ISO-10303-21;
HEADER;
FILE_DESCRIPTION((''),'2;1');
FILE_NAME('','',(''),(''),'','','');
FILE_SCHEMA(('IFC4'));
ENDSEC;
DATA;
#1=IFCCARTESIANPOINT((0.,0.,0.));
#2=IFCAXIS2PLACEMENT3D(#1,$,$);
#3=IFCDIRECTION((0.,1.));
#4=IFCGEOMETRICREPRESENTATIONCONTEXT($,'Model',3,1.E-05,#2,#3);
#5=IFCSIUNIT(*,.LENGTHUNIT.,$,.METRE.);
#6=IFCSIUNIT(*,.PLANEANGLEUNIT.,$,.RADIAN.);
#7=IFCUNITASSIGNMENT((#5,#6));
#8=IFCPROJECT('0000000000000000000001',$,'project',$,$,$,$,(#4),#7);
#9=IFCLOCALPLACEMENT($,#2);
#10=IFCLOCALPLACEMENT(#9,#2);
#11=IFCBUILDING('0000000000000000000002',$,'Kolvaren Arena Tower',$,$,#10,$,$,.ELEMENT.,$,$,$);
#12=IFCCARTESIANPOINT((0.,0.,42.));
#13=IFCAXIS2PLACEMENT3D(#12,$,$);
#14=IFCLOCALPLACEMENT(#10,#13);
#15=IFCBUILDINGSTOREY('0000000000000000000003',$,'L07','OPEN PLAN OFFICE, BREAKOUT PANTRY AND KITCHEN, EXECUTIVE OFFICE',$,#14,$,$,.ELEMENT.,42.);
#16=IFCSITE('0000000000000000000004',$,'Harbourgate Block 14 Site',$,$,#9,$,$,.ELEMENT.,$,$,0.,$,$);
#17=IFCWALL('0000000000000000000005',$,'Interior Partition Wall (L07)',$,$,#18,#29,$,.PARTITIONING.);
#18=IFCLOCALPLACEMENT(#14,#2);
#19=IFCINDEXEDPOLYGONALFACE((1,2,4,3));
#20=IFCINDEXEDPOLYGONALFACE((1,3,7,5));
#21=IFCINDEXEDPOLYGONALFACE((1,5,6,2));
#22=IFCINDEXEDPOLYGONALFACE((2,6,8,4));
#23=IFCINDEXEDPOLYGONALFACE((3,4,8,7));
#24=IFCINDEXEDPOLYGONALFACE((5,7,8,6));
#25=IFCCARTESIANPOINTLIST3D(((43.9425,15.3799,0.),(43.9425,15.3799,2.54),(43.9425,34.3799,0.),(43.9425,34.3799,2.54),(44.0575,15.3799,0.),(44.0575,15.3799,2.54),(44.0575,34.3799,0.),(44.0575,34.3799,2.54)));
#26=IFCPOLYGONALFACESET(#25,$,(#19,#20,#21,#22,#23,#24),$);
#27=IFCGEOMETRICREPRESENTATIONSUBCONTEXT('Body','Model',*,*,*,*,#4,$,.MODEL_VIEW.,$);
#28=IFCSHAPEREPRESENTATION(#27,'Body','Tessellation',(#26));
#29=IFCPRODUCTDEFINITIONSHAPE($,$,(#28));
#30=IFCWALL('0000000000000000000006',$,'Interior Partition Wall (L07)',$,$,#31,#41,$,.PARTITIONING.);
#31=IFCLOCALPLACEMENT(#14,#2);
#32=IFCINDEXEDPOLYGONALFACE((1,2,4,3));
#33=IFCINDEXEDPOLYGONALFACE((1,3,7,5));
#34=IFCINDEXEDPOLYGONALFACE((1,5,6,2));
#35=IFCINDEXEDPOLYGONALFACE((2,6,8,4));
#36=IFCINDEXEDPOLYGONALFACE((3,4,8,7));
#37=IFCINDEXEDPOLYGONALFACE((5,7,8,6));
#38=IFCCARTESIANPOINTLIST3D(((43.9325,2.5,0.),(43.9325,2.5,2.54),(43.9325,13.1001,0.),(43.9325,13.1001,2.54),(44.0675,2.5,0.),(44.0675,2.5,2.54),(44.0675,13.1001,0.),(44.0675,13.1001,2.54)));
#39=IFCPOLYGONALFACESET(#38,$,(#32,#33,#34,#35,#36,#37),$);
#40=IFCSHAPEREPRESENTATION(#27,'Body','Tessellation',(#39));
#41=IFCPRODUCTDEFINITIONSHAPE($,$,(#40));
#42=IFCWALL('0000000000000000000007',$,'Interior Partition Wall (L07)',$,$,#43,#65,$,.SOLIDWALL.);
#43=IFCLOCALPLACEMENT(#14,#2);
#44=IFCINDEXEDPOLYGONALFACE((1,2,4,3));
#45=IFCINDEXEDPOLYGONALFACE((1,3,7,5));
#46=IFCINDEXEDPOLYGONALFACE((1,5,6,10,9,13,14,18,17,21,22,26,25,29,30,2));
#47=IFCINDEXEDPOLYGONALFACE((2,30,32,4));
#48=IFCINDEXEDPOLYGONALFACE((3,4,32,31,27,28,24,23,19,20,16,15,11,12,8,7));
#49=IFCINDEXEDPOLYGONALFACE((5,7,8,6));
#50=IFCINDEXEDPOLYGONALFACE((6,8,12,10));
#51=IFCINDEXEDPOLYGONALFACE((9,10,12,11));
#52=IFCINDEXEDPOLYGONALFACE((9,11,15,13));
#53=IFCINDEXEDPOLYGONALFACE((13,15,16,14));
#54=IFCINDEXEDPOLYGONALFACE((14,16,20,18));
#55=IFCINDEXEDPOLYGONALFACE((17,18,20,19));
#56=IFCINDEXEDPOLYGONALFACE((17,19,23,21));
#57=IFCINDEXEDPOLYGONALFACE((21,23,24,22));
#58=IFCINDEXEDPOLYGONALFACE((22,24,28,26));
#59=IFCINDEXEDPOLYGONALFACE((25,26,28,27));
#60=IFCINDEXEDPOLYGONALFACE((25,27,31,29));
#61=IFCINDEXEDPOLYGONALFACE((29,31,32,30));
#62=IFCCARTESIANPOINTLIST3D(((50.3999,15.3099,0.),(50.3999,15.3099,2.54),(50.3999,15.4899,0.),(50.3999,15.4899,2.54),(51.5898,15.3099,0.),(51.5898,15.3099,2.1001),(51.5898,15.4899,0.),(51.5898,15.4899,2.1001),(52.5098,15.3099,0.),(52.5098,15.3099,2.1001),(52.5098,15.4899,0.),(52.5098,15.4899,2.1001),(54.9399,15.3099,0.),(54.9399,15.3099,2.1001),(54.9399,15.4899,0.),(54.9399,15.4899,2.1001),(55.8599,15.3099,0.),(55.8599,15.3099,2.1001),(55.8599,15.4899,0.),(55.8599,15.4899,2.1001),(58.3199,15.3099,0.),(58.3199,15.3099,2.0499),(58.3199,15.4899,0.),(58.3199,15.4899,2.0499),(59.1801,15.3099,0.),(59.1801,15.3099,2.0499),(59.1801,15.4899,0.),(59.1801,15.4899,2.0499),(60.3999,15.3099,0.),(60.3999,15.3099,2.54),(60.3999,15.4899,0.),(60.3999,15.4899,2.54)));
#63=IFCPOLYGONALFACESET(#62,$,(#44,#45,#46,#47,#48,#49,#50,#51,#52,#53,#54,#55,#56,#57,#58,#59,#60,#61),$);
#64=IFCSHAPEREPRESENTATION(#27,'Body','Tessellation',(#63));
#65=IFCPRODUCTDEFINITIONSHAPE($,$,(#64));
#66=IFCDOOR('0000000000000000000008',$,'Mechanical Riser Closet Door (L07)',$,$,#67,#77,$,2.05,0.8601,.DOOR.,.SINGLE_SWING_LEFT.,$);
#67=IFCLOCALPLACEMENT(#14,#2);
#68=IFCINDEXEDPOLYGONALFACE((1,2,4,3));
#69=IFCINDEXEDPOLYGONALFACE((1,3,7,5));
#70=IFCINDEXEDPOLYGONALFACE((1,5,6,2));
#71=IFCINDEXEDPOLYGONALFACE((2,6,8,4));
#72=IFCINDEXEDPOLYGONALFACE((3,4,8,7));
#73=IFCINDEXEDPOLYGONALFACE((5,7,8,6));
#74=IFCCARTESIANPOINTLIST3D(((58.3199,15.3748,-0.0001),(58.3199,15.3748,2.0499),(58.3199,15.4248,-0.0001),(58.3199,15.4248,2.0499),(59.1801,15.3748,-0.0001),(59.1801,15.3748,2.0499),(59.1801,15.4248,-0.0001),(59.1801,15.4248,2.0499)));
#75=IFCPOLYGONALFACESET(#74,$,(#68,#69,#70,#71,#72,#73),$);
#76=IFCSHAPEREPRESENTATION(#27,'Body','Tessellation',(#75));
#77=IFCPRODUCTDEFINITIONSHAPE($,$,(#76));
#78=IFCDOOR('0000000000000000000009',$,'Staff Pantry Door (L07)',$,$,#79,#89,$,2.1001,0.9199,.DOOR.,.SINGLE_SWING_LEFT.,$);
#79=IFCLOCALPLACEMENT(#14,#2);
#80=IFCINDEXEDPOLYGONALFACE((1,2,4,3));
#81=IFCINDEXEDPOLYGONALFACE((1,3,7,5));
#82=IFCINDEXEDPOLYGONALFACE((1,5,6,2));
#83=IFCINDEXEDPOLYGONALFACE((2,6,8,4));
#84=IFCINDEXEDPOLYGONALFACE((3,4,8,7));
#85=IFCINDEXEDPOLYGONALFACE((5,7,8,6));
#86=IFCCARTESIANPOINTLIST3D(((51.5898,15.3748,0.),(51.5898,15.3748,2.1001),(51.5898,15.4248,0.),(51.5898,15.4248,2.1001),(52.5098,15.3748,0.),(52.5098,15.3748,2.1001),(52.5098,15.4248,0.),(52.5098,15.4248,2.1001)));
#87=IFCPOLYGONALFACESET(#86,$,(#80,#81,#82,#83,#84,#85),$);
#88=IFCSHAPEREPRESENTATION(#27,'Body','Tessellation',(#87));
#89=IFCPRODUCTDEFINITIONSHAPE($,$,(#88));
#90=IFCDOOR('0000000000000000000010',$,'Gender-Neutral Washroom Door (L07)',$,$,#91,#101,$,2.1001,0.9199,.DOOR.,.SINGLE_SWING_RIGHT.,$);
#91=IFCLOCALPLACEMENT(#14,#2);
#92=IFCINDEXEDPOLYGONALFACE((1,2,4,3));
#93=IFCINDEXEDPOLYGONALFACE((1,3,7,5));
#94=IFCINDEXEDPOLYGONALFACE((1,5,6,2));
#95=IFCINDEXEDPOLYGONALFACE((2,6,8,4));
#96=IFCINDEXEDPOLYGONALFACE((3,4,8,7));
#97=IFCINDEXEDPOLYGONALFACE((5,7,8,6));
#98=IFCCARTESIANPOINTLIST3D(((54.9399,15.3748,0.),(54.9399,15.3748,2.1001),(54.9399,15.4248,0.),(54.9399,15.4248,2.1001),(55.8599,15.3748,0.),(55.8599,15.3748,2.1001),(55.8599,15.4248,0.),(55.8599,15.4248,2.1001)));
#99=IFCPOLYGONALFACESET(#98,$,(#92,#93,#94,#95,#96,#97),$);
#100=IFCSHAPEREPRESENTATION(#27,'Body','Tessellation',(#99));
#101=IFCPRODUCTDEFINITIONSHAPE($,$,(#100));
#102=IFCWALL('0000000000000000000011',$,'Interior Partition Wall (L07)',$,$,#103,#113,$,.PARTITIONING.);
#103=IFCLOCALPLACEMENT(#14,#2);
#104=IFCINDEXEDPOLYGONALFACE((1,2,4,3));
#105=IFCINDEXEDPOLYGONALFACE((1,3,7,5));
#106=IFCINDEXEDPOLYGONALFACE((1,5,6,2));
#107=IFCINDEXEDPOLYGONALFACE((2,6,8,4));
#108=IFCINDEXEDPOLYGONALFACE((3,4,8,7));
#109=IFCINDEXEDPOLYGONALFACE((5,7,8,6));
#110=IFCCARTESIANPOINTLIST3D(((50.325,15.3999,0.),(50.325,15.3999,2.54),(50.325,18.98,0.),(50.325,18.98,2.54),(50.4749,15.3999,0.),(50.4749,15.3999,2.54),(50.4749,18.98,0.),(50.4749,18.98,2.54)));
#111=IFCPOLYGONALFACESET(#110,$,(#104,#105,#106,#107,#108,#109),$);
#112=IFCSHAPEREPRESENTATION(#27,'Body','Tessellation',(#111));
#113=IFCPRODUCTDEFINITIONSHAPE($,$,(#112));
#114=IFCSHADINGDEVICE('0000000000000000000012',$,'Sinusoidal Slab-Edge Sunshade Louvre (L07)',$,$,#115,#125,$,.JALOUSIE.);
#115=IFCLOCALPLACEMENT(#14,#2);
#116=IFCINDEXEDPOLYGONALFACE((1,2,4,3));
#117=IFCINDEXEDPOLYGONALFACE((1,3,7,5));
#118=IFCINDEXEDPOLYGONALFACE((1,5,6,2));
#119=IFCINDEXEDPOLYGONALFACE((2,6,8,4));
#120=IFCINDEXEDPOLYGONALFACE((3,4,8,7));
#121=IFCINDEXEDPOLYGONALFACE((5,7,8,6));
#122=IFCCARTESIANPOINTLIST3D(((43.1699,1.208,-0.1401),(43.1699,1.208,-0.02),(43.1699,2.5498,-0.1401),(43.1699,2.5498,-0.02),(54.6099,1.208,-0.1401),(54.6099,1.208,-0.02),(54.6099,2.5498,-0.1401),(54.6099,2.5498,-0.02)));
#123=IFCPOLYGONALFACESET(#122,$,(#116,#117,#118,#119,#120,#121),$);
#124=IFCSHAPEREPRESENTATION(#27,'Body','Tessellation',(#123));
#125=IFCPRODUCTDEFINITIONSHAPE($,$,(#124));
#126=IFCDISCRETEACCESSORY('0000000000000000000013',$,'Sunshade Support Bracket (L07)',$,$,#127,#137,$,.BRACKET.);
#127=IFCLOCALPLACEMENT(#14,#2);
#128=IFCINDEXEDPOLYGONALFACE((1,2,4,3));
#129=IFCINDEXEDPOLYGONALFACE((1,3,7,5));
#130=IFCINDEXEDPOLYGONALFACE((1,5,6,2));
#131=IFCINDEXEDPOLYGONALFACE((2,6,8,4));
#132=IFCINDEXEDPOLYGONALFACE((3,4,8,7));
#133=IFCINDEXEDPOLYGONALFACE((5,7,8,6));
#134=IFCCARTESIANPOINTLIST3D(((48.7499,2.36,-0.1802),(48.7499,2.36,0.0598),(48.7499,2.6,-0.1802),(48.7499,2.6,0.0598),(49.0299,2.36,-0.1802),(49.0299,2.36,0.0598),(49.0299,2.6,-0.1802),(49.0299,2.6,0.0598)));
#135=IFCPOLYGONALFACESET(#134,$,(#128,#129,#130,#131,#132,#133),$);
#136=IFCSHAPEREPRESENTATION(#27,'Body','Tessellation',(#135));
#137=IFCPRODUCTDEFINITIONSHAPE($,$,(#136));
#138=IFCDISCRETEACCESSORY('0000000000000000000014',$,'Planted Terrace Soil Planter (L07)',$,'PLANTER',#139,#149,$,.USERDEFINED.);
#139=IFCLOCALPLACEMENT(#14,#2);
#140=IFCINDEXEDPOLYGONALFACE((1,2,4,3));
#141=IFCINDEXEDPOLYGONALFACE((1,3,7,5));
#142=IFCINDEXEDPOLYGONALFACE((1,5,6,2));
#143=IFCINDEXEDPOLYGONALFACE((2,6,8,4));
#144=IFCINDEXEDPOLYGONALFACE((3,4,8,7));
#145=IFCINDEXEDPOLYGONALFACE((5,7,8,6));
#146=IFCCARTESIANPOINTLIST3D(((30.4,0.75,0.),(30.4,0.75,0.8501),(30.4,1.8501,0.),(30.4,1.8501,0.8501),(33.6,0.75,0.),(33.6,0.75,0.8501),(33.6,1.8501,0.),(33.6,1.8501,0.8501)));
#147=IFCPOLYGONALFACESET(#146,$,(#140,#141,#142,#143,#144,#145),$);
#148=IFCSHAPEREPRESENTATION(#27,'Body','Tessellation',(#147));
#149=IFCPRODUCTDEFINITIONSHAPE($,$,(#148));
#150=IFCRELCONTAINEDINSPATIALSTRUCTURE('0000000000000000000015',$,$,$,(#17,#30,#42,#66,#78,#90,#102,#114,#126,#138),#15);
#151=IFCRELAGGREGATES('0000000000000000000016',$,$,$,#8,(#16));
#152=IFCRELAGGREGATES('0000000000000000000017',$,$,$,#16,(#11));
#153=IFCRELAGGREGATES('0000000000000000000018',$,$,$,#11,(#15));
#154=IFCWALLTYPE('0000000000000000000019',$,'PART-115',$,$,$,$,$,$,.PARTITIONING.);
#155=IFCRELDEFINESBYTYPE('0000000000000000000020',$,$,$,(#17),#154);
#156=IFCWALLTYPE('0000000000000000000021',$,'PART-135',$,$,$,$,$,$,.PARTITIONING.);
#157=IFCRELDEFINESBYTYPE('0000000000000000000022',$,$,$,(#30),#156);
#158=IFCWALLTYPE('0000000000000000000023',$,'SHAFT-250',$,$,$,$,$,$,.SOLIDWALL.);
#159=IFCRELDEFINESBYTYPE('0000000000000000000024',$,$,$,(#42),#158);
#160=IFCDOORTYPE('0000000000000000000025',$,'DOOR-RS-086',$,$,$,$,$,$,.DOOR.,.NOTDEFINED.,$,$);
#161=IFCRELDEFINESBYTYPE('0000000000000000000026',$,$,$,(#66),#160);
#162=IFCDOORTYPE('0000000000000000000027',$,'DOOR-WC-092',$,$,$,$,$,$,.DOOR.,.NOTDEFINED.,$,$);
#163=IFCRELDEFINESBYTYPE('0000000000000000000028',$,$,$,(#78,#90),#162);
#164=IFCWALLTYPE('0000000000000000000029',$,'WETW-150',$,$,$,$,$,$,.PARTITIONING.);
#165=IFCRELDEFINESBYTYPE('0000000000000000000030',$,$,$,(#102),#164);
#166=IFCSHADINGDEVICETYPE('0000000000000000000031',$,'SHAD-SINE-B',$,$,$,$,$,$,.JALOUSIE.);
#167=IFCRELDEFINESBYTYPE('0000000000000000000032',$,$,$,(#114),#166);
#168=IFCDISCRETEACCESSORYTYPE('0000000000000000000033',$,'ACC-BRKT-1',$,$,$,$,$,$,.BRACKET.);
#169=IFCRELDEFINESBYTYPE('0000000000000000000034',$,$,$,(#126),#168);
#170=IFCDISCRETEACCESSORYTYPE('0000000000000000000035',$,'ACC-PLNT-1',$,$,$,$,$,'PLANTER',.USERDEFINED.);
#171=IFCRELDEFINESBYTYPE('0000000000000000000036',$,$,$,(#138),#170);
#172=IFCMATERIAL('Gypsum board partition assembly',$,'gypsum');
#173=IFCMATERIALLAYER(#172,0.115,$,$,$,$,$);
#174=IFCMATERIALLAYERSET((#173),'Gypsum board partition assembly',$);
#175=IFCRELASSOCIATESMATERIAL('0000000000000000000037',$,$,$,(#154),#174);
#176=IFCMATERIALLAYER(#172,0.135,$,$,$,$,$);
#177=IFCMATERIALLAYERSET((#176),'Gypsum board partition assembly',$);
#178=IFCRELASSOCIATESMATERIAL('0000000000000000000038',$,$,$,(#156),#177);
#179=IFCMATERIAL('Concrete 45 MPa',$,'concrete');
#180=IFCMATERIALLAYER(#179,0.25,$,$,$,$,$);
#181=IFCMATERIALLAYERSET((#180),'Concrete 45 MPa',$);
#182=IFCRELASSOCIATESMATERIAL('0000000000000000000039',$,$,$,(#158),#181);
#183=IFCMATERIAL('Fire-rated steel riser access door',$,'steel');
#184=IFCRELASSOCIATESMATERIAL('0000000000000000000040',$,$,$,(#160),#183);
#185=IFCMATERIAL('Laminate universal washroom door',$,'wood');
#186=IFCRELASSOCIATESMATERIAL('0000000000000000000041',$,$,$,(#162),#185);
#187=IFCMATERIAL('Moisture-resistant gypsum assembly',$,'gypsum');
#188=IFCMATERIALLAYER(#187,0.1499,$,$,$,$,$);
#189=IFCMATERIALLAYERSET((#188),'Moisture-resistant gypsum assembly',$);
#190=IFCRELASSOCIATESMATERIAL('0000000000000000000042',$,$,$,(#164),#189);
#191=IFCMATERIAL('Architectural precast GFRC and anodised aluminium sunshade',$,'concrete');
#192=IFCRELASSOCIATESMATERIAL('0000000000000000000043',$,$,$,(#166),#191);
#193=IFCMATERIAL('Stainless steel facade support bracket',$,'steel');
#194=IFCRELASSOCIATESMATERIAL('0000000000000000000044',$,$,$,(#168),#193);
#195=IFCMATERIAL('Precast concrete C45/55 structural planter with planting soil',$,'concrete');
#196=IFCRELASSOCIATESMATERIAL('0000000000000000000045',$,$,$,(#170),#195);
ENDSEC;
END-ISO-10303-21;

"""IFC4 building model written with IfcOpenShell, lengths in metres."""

from ifc_helpers import new_model, si_unit, direction, frame, frame_2d, origin, origin_2d, place, context, subcontext, project, spatial, rectangle, extrude, material, layer, layer_set, type_object, element, fill, save


model = new_model("IFC4")

# Units and contexts
model_context = context("Model", 3, precision=1e-05, world=origin(), true_north=direction((0.0, 1.0)))
body_context = subcontext(model_context, "Body", "Model", "MODEL_VIEW")
ifc_project = project(units=[si_unit("LENGTHUNIT", "METRE"), si_unit("PLANEANGLEUNIT", "RADIAN")], contexts=[model_context])

# Site, building, storey
site_placement = place(None, origin())
site = spatial("IfcSite", under=ifc_project, at=site_placement, Name="Harbourgate Block 14 Site", CompositionType="ELEMENT", RefElevation=0.0)
building_placement = place(site_placement, origin())
building = spatial("IfcBuilding", under=site, at=building_placement, Name="Kolvaren Arena Tower", CompositionType="ELEMENT")
storey_placement = place(building_placement, frame((0.0, 0.0, 42.0)))
storey = spatial("IfcBuildingStorey", under=building, at=storey_placement, Name="L07", Description="OPEN PLAN OFFICE, BREAKOUT PANTRY AND KITCHEN, EXECUTIVE OFFICE", CompositionType="ELEMENT", Elevation=42.0)

# Walls
ifc_material_1 = material(Name="Gypsum board partition assembly", Category="gypsum")
ifc_layer_1 = layer(ifc_material_1, 0.115)
ifc_layer_set_1 = layer_set([ifc_layer_1], Name="Gypsum board partition assembly")
wall_type_1 = type_object("IfcWallType", Name="PART-115", PredefinedType="PARTITIONING", material=ifc_layer_set_1)
wall_1_placement = place(storey_placement, frame((44.0, 15.3799, 0.0), z_axis=(0.0, 0.0, 1.0), x_axis=(0.0, 1.0, 0.0)))
element("IfcWall", 1, at=wall_1_placement, inside=storey, type_object=wall_type_1, Name="Interior Partition Wall (L07)", PredefinedType="PARTITIONING", context=body_context, shape_type="SweptSolid", body=[
    extrude(rectangle(XDim=19.0, YDim=0.115, at=frame_2d((9.5, 0.0))), origin(), (0.0, 0.0, 1.0), 2.54),
])
ifc_layer_2 = layer(ifc_material_1, 0.135)
ifc_layer_set_2 = layer_set([ifc_layer_2], Name="Gypsum board partition assembly")
wall_type_2 = type_object("IfcWallType", Name="PART-135", PredefinedType="PARTITIONING", material=ifc_layer_set_2)
wall_2_placement = place(storey_placement, frame((44.0, 2.5, 0.0), z_axis=(0.0, 0.0, 1.0), x_axis=(0.0, 1.0, 0.0)))
element("IfcWall", 2, at=wall_2_placement, inside=storey, type_object=wall_type_2, Name="Interior Partition Wall (L07)", PredefinedType="PARTITIONING", context=body_context, shape_type="SweptSolid", body=[
    extrude(rectangle(XDim=10.6001, YDim=0.135, at=frame_2d((5.3, 0.0))), origin(), (0.0, 0.0, 1.0), 2.54),
])

# Wall, openings, doors
ifc_material_2 = material(Name="Concrete 45 MPa", Category="concrete")
ifc_layer_3 = layer(ifc_material_2, 0.25)
ifc_layer_set_3 = layer_set([ifc_layer_3], Name="Concrete 45 MPa")
wall_type_3 = type_object("IfcWallType", Name="SHAFT-250", PredefinedType="SOLIDWALL", material=ifc_layer_set_3)
wall_3_placement = place(storey_placement, frame((50.3999, 15.3999, 0.0), z_axis=(0.0, 0.0, 1.0), x_axis=(1.0, 0.0, 0.0)))
wall_3 = element("IfcWall", 3, at=wall_3_placement, inside=storey, type_object=wall_type_3, Name="Interior Partition Wall (L07)", PredefinedType="SOLIDWALL", context=body_context, shape_type="SweptSolid", body=[
    extrude(rectangle(XDim=10.0, YDim=0.1799, at=frame_2d((5.0, 0.0))), origin(), (0.0, 0.0, 1.0), 2.54),
])
opening_1_placement = place(wall_3_placement, frame((1.1899, 0.0, 0.0)))
opening_1 = element("IfcOpeningElement", 4, at=opening_1_placement, cuts=wall_3, PredefinedType="OPENING", context=body_context, shape_type="SweptSolid", body=[
    extrude(rectangle(XDim=0.9199, YDim=2.1001, at=frame_2d((0.46, 1.05))), frame((0.0, 0.0999, 0.0), z_axis=(0.0, -1.0, 0.0), x_axis=(1.0, 0.0, 0.0)), (0.0, 0.0, 1.0), 0.2),
])
opening_2_placement = place(wall_3_placement, frame((4.54, 0.0, 0.0)))
opening_2 = element("IfcOpeningElement", 5, at=opening_2_placement, cuts=wall_3, PredefinedType="OPENING", context=body_context, shape_type="SweptSolid", body=[
    extrude(rectangle(XDim=0.9199, YDim=2.1001, at=frame_2d((0.46, 1.05))), frame((0.0, 0.0999, 0.0), z_axis=(0.0, -1.0, 0.0), x_axis=(1.0, 0.0, 0.0)), (0.0, 0.0, 1.0), 0.2),
])
opening_3_placement = place(wall_3_placement, frame((7.9199, 0.0, 0.0)))
opening_3 = element("IfcOpeningElement", 6, at=opening_3_placement, cuts=wall_3, PredefinedType="OPENING", context=body_context, shape_type="SweptSolid", body=[
    extrude(rectangle(XDim=0.8601, YDim=2.05, at=frame_2d((0.4302, 1.0249))), frame((0.0, 0.0999, 0.0), z_axis=(0.0, -1.0, 0.0), x_axis=(1.0, 0.0, 0.0)), (0.0, 0.0, 1.0), 0.2),
])
ifc_material_3 = material(Name="Fire-rated steel riser access door", Category="steel")
door_type_1 = type_object("IfcDoorType", Name="DOOR-RS-086", OperationType="NOTDEFINED", PredefinedType="DOOR", material=ifc_material_3)
door_1_placement = place(opening_3_placement, origin())
door_1 = element("IfcDoor", 7, at=door_1_placement, inside=storey, type_object=door_type_1, Name="Mechanical Riser Closet Door (L07)", OperationType="SINGLE_SWING_LEFT", OverallHeight=2.05, OverallWidth=0.8601, PredefinedType="DOOR", context=body_context, shape_type="SweptSolid", body=[
    extrude(rectangle(XDim=0.8601, YDim=2.05, at=frame_2d((0.4302, 1.0249))), frame((0.0, 0.0249, 0.0), z_axis=(0.0, -1.0, 0.0), x_axis=(1.0, 0.0, 0.0)), (0.0, 0.0, 1.0), 0.05),
])
fill(opening_3, door_1)
ifc_material_4 = material(Name="Laminate universal washroom door", Category="wood")
door_type_2 = type_object("IfcDoorType", Name="DOOR-WC-092", OperationType="NOTDEFINED", PredefinedType="DOOR", material=ifc_material_4)
door_2_placement = place(opening_1_placement, origin())
door_2 = element("IfcDoor", 8, at=door_2_placement, inside=storey, type_object=door_type_2, Name="Staff Pantry Door (L07)", OperationType="SINGLE_SWING_LEFT", OverallHeight=2.1001, OverallWidth=0.9199, PredefinedType="DOOR", context=body_context, shape_type="SweptSolid", body=[
    extrude(rectangle(XDim=0.9199, YDim=2.1001, at=frame_2d((0.46, 1.05))), frame((0.0, 0.0249, 0.0), z_axis=(0.0, -1.0, 0.0), x_axis=(1.0, 0.0, 0.0)), (0.0, 0.0, 1.0), 0.05),
])
fill(opening_1, door_2)
door_3_placement = place(opening_2_placement, origin())
door_3 = element("IfcDoor", 9, at=door_3_placement, inside=storey, type_object=door_type_2, Name="Gender-Neutral Washroom Door (L07)", OperationType="SINGLE_SWING_RIGHT", OverallHeight=2.1001, OverallWidth=0.9199, PredefinedType="DOOR", context=body_context, shape_type="SweptSolid", body=[
    extrude(rectangle(XDim=0.9199, YDim=2.1001, at=frame_2d((0.46, 1.05))), frame((0.0, 0.0249, 0.0), z_axis=(0.0, -1.0, 0.0), x_axis=(1.0, 0.0, 0.0)), (0.0, 0.0, 1.0), 0.05),
])
fill(opening_2, door_3)

# Wall
ifc_material_5 = material(Name="Moisture-resistant gypsum assembly", Category="gypsum")
ifc_layer_4 = layer(ifc_material_5, 0.1499)
ifc_layer_set_4 = layer_set([ifc_layer_4], Name="Moisture-resistant gypsum assembly")
wall_type_4 = type_object("IfcWallType", Name="WETW-150", PredefinedType="PARTITIONING", material=ifc_layer_set_4)
wall_4_placement = place(storey_placement, frame((50.3999, 15.3999, 0.0), z_axis=(0.0, 0.0, 1.0), x_axis=(0.0, 1.0, 0.0)))
element("IfcWall", 10, at=wall_4_placement, inside=storey, type_object=wall_type_4, Name="Interior Partition Wall (L07)", PredefinedType="PARTITIONING", context=body_context, shape_type="SweptSolid", body=[
    extrude(rectangle(XDim=3.5801, YDim=0.1499, at=frame_2d((1.79, 0.0))), origin(), (0.0, 0.0, 1.0), 2.54),
])

# Shading device
ifc_material_6 = material(Name="Architectural precast GFRC and anodised aluminium sunshade", Category="concrete")
shading_device_type = type_object("IfcShadingDeviceType", Name="SHAD-SINE-B", PredefinedType="JALOUSIE", material=ifc_material_6)
shading_device_placement = place(storey_placement, frame((48.8899, 1.8789, -0.1401), z_axis=(0.0, 0.0, 1.0), x_axis=(-1.0, 0.0, 0.0)))
element("IfcShadingDevice", 11, at=shading_device_placement, inside=storey, type_object=shading_device_type, Name="Sinusoidal Slab-Edge Sunshade Louvre (L07)", PredefinedType="JALOUSIE", context=body_context, shape_type="SweptSolid", body=[
    extrude(rectangle(XDim=11.4399, YDim=1.3418, at=origin_2d()), origin(), (0.0, 0.0, 1.0), 0.1201),
])

# Discrete accessories
ifc_material_7 = material(Name="Stainless steel facade support bracket", Category="steel")
discrete_accessory_type_1 = type_object("IfcDiscreteAccessoryType", Name="ACC-BRKT-1", PredefinedType="BRACKET", material=ifc_material_7)
discrete_accessory_1_placement = place(storey_placement, frame((48.8899, 2.48, -0.1802), z_axis=(0.0, 0.0, 1.0), x_axis=(-1.0, 0.0, 0.0)))
element("IfcDiscreteAccessory", 12, at=discrete_accessory_1_placement, inside=storey, type_object=discrete_accessory_type_1, Name="Sunshade Support Bracket (L07)", PredefinedType="BRACKET", context=body_context, shape_type="SweptSolid", body=[
    extrude(rectangle(XDim=0.28, YDim=0.24, at=origin_2d()), origin(), (0.0, 0.0, 1.0), 0.24),
])
ifc_material_8 = material(Name="Precast concrete C45/55 structural planter with planting soil", Category="concrete")
discrete_accessory_type_2 = type_object("IfcDiscreteAccessoryType", Name="ACC-PLNT-1", ElementType="PLANTER", PredefinedType="USERDEFINED", material=ifc_material_8)
discrete_accessory_2_placement = place(storey_placement, frame((32.0, 1.3, 0.0), z_axis=(0.0, 0.0, 1.0), x_axis=(1.0, 0.0, 0.0)))
element("IfcDiscreteAccessory", 13, at=discrete_accessory_2_placement, inside=storey, type_object=discrete_accessory_type_2, Name="Planted Terrace Soil Planter (L07)", ObjectType="PLANTER", PredefinedType="USERDEFINED", context=body_context, shape_type="SweptSolid", body=[
    extrude(rectangle(XDim=3.2, YDim=1.1001, at=origin_2d()), origin(), (0.0, 0.0, 1.0), 0.8501),
])

save(model, "model.ifc")
